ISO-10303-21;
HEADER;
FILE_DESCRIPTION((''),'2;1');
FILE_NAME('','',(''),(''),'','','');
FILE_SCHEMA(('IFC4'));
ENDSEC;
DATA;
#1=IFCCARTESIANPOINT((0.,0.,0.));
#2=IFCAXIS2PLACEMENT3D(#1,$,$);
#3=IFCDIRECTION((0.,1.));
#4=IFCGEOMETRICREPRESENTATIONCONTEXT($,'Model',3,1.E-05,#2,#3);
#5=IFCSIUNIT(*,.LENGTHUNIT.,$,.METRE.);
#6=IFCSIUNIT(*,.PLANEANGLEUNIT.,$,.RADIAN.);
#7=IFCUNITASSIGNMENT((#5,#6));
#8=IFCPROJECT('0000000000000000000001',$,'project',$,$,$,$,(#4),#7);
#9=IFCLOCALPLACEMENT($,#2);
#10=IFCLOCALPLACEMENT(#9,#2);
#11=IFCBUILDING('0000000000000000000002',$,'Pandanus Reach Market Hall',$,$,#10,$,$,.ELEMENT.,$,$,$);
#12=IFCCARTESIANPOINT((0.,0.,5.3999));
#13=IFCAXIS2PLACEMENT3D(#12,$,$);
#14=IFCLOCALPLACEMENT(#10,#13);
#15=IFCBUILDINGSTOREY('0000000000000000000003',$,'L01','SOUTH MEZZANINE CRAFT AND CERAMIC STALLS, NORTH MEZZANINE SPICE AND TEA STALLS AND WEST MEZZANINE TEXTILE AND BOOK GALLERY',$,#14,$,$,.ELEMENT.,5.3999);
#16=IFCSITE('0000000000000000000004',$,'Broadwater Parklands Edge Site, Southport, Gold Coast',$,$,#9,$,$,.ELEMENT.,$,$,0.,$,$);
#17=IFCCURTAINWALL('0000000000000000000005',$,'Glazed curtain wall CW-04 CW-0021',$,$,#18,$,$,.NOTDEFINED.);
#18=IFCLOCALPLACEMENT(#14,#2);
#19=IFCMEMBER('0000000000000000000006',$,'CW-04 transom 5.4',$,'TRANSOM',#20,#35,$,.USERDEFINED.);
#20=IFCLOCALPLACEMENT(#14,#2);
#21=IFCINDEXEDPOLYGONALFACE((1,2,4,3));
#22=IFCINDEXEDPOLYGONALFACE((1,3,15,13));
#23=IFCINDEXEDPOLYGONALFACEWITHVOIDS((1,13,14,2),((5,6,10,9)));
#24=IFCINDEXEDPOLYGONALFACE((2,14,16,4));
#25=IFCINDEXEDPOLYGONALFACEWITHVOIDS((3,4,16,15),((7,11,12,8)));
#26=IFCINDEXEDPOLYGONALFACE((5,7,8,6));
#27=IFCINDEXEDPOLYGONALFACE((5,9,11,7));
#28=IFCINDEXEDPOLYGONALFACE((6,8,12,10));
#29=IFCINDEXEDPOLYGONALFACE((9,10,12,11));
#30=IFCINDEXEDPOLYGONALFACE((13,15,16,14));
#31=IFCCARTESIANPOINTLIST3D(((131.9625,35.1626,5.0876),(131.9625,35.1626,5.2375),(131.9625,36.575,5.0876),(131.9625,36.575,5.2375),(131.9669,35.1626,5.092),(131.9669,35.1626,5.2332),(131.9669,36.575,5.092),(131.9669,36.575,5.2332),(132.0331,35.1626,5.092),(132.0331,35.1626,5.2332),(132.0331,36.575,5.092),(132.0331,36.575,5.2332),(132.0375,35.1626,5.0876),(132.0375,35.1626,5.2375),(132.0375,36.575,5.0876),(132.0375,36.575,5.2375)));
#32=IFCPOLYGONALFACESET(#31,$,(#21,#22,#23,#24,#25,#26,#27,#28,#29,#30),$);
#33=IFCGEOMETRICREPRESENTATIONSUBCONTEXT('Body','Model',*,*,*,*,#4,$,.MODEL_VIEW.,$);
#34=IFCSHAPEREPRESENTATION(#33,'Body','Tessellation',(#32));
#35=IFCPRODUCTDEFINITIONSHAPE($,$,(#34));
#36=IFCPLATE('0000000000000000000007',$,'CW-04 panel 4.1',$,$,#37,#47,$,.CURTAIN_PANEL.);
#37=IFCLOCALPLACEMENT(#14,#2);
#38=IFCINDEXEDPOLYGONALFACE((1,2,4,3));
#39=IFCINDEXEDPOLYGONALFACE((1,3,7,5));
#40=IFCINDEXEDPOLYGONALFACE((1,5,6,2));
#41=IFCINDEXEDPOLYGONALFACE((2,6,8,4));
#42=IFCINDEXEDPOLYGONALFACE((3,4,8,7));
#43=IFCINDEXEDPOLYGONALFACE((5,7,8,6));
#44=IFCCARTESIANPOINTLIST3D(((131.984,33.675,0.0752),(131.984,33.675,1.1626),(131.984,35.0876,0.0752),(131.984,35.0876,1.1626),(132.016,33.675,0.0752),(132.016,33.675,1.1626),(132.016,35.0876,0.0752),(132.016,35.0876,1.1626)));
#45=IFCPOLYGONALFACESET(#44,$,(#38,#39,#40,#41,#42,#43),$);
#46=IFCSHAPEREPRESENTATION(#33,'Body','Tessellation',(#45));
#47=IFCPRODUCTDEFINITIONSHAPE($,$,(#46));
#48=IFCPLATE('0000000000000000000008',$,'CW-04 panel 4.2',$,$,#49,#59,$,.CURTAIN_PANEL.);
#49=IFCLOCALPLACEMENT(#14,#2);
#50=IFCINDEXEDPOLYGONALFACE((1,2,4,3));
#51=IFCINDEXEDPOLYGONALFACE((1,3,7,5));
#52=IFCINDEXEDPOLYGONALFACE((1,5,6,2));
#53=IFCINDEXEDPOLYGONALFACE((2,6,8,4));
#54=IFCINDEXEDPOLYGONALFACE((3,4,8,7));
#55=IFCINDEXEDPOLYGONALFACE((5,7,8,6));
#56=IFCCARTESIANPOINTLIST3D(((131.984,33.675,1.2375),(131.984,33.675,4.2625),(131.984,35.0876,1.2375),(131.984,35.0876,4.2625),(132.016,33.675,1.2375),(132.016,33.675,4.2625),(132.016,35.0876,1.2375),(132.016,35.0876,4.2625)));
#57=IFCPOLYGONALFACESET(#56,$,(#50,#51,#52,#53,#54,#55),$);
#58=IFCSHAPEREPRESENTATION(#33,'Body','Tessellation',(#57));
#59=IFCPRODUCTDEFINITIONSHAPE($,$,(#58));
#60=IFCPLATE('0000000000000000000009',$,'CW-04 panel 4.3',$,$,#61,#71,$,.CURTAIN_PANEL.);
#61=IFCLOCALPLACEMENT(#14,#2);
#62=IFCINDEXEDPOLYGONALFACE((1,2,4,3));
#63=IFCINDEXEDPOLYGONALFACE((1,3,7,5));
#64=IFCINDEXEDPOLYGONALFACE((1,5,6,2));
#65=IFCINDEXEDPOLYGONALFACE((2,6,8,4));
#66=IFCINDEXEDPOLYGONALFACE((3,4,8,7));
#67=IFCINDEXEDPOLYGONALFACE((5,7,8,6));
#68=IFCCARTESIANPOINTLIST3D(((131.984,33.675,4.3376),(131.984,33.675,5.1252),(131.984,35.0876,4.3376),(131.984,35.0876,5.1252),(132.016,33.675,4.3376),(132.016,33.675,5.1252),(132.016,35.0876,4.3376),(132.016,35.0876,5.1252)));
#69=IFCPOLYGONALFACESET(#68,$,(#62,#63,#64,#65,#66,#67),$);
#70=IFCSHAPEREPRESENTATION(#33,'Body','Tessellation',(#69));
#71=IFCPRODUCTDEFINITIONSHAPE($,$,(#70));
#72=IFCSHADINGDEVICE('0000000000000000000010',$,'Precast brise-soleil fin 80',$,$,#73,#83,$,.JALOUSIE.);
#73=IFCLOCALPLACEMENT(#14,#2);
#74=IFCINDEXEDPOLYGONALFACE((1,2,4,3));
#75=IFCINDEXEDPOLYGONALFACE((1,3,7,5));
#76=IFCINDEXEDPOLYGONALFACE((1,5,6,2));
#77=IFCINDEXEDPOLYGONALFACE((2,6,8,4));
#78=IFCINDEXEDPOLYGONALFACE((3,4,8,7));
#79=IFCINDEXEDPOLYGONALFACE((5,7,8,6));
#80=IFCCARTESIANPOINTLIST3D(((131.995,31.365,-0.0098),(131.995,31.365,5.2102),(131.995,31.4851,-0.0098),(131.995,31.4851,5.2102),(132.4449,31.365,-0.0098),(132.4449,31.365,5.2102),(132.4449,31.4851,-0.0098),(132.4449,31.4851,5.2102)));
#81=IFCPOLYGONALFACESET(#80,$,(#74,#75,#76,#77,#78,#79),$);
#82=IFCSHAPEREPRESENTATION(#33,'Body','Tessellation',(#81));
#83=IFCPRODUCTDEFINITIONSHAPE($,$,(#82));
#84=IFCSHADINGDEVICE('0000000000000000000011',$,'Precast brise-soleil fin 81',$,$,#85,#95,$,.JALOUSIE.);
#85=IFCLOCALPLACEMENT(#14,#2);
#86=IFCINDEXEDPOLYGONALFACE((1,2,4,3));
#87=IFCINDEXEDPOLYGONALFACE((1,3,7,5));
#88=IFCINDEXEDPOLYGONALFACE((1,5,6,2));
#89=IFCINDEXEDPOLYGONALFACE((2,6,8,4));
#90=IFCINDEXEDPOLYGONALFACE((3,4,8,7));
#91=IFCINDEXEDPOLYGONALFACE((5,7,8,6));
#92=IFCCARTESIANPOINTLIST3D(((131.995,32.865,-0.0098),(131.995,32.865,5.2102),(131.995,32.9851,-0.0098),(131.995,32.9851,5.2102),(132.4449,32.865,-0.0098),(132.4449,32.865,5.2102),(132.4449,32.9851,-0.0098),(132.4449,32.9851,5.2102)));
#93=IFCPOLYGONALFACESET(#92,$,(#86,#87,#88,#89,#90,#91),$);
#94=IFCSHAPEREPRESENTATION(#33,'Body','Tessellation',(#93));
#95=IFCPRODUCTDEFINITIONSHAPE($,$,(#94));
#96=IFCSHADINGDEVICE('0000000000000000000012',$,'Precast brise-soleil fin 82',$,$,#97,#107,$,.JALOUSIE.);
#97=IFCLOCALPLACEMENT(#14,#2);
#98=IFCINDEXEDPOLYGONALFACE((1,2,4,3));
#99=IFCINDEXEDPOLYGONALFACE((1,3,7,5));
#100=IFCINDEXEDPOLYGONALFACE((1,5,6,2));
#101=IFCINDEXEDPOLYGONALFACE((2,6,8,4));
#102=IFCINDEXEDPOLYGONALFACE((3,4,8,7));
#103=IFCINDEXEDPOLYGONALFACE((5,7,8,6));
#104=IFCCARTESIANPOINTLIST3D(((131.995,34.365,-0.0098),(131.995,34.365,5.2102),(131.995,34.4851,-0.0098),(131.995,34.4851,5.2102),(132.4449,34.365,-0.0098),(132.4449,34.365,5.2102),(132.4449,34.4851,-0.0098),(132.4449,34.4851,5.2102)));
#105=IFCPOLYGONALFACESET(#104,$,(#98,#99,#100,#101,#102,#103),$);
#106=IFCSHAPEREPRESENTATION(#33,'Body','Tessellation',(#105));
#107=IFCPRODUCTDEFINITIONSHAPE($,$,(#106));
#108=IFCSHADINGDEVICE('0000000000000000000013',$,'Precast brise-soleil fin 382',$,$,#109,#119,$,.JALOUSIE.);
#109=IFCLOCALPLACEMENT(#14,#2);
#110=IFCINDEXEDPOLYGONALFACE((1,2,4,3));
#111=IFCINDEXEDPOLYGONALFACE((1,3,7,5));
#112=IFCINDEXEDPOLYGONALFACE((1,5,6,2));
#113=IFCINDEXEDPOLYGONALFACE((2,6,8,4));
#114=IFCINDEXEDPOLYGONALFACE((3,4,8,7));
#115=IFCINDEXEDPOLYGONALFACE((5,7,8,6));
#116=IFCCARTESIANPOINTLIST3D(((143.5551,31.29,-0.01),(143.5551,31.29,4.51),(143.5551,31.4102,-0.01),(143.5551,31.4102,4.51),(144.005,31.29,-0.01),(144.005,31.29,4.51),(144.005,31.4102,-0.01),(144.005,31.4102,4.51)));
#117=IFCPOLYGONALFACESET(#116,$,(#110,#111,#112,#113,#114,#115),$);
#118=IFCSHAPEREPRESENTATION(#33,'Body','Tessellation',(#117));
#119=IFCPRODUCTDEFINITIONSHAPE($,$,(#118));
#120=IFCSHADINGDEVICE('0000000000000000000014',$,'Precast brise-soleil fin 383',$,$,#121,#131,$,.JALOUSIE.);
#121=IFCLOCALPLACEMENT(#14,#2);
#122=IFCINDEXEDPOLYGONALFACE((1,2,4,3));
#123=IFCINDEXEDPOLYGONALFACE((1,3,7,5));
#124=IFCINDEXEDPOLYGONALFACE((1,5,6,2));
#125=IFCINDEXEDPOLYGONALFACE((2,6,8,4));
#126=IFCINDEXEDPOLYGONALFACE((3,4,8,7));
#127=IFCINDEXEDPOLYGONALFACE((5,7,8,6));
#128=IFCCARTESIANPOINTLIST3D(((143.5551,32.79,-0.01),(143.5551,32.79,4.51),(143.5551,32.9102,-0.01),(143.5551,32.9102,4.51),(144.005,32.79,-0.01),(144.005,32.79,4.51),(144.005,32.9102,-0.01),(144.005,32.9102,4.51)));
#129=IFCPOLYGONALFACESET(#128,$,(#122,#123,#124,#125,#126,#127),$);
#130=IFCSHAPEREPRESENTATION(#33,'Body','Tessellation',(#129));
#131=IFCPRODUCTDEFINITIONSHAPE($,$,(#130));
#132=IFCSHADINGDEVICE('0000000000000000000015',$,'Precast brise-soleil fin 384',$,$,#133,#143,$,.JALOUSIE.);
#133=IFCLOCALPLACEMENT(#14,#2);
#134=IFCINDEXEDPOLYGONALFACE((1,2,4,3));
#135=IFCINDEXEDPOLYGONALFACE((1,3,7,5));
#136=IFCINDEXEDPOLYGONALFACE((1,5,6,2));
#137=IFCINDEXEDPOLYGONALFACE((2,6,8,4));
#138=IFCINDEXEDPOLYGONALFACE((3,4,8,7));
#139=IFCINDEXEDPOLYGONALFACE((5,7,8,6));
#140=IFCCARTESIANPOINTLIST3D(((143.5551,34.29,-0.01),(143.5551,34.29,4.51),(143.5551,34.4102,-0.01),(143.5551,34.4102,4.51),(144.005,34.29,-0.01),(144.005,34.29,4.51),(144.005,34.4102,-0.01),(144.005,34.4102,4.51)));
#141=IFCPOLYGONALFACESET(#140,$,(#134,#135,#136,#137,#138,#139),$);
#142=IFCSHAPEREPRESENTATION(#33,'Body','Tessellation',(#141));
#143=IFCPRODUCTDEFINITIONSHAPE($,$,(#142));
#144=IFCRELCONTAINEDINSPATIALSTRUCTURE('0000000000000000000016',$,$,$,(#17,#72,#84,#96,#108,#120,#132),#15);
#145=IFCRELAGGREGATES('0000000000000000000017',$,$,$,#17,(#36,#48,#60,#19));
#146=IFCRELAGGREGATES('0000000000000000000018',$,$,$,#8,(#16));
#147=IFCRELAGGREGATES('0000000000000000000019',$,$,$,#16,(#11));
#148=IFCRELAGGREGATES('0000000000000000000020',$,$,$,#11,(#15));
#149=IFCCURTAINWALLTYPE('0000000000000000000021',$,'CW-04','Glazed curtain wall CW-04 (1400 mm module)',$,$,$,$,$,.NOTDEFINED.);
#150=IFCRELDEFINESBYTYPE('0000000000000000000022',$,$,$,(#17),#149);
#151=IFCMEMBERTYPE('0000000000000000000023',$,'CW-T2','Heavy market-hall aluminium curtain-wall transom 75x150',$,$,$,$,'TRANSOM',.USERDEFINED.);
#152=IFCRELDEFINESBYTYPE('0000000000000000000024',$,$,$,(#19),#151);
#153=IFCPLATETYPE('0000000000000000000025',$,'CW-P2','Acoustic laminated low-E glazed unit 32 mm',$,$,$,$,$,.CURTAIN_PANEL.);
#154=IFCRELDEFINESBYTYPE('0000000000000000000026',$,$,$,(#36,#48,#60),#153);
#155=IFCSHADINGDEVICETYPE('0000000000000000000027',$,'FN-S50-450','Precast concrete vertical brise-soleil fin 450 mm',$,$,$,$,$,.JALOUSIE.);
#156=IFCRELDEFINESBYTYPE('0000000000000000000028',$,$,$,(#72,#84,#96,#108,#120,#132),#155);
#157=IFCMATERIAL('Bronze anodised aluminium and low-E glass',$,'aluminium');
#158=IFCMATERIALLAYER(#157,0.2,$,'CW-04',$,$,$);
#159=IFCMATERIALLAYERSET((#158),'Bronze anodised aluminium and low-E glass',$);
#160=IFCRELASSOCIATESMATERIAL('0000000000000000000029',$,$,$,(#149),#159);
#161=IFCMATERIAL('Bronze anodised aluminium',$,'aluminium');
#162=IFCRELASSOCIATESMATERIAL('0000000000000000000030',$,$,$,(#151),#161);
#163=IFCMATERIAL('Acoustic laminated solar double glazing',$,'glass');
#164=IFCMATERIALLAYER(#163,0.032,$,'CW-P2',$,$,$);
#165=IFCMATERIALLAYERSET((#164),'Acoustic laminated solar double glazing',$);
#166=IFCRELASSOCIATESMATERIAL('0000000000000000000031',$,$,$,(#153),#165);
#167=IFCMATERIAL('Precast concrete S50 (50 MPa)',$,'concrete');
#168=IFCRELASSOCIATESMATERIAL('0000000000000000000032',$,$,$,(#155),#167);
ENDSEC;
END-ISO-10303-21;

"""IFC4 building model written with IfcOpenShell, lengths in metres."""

from ifc_helpers import new_model, si_unit, direction, frame, origin, origin_2d, place, context, subcontext, project, spatial, rectangle, hollow_rectangle, extrude, material, layer, layer_set, material_profile, profile_set, type_object, element, aggregate, save


model = new_model("IFC4")

# Units and contexts
model_context = context("Model", 3, precision=1e-05, world=origin(), true_north=direction((0.0, 1.0)))
body_context = subcontext(model_context, "Body", "Model", "MODEL_VIEW")
ifc_project = project(units=[si_unit("LENGTHUNIT", "METRE"), si_unit("PLANEANGLEUNIT", "RADIAN")], contexts=[model_context])

# Site, building, storey
site_placement = place(None, origin())
site = spatial("IfcSite", under=ifc_project, at=site_placement, Name="Broadwater Parklands Edge Site, Southport, Gold Coast", CompositionType="ELEMENT", RefElevation=0.0)
building_placement = place(site_placement, origin())
building = spatial("IfcBuilding", under=site, at=building_placement, Name="Pandanus Reach Market Hall", CompositionType="ELEMENT")
storey_placement = place(building_placement, frame((0.0, 0.0, 5.3999)))
storey = spatial("IfcBuildingStorey", under=building, at=storey_placement, Name="L01", Description="SOUTH MEZZANINE CRAFT AND CERAMIC STALLS, NORTH MEZZANINE SPICE AND TEA STALLS AND WEST MEZZANINE TEXTILE AND BOOK GALLERY", CompositionType="ELEMENT", Elevation=5.3999)

# Curtain wall, member, plates
ifc_material_1 = material(Name="Bronze anodised aluminium and low-E glass", Category="aluminium")
ifc_layer_1 = layer(ifc_material_1, 0.2, Name="CW-04")
ifc_layer_set_1 = layer_set([ifc_layer_1], Name="Bronze anodised aluminium and low-E glass")
curtain_wall_type = type_object("IfcCurtainWallType", Name="CW-04", Description="Glazed curtain wall CW-04 (1400 mm module)", PredefinedType="NOTDEFINED", material=ifc_layer_set_1)
curtain_wall_placement = place(storey_placement, origin())
curtain_wall = element("IfcCurtainWall", 1, at=curtain_wall_placement, inside=storey, type_object=curtain_wall_type, Name="Glazed curtain wall CW-04 CW-0021", PredefinedType="NOTDEFINED")
ifc_material_2 = material(Name="Bronze anodised aluminium", Category="aluminium")
ifc_material_profile_1 = material_profile(ifc_material_2, hollow_rectangle(XDim=0.075, YDim=0.1499, WallThickness=0.0044, at=origin_2d()), Name="ALU75x150", Category="LoadBearing")
ifc_profile_set_1 = profile_set([ifc_material_profile_1], Name="Bronze anodised aluminium")
member_type_1 = type_object("IfcMemberType", Name="CW-T2", Description="Heavy market-hall aluminium curtain-wall transom 75x150", ElementType="TRANSOM", PredefinedType="USERDEFINED", material=ifc_profile_set_1)
member_1_placement = place(storey_placement, frame((132.0, 35.1626, 5.1626), z_axis=(0.0, 1.0, 0.0), x_axis=(-1.0, 0.0, 0.0)))
member_1 = element("IfcMember", 2, at=member_1_placement, type_object=member_type_1, Name="CW-04 transom 5.4", ObjectType="TRANSOM", PredefinedType="USERDEFINED", context=body_context, shape_type="SweptSolid", body=[
    extrude(hollow_rectangle(XDim=0.075, YDim=0.1499, WallThickness=0.0044, at=origin_2d()), origin(), (0.0, 0.0, 1.0), 1.4124),
])
ifc_material_3 = material(Name="Acoustic laminated solar double glazing", Category="glass")
ifc_layer_2 = layer(ifc_material_3, 0.032, Name="CW-P2")
ifc_layer_set_2 = layer_set([ifc_layer_2], Name="Acoustic laminated solar double glazing")
plate_type = type_object("IfcPlateType", Name="CW-P2", Description="Acoustic laminated low-E glazed unit 32 mm", PredefinedType="CURTAIN_PANEL", material=ifc_layer_set_2)
plate_1_placement = place(storey_placement, frame((132.0, 34.3813, 0.0752), z_axis=(0.0, 0.0, 1.0), x_axis=(0.0, 1.0, 0.0)))
plate_1 = element("IfcPlate", 3, at=plate_1_placement, type_object=plate_type, Name="CW-04 panel 4.1", PredefinedType="CURTAIN_PANEL", context=body_context, shape_type="SweptSolid", body=[
    extrude(rectangle(XDim=1.4126, YDim=0.032, at=origin_2d()), origin(), (0.0, 0.0, 1.0), 1.0874),
])
plate_2_placement = place(storey_placement, frame((132.0, 34.3813, 1.2375), z_axis=(0.0, 0.0, 1.0), x_axis=(0.0, 1.0, 0.0)))
plate_2 = element("IfcPlate", 4, at=plate_2_placement, type_object=plate_type, Name="CW-04 panel 4.2", PredefinedType="CURTAIN_PANEL", context=body_context, shape_type="SweptSolid", body=[
    extrude(rectangle(XDim=1.4126, YDim=0.032, at=origin_2d()), origin(), (0.0, 0.0, 1.0), 3.0249),
])
plate_3_placement = place(storey_placement, frame((132.0, 34.3813, 4.3376), z_axis=(0.0, 0.0, 1.0), x_axis=(0.0, 1.0, 0.0)))
plate_3 = element("IfcPlate", 5, at=plate_3_placement, type_object=plate_type, Name="CW-04 panel 4.3", PredefinedType="CURTAIN_PANEL", context=body_context, shape_type="SweptSolid", body=[
    extrude(rectangle(XDim=1.4126, YDim=0.032, at=origin_2d()), origin(), (0.0, 0.0, 1.0), 0.7876),
])
aggregate(curtain_wall, [plate_1, plate_2, plate_3, member_1])

# Shading devices
ifc_material_4 = material(Name="Precast concrete S50 (50 MPa)", Category="concrete")
shading_device_type = type_object("IfcShadingDeviceType", Name="FN-S50-450", Description="Precast concrete vertical brise-soleil fin 450 mm", PredefinedType="JALOUSIE", material=ifc_material_4)
for number, where, z_axis, x_axis, name in (
    (6, (132.22, 31.425, -0.0098), (0.0, 0.0, 1.0), (1.0, 0.0, 0.0), "Precast brise-soleil fin 80"),
    (7, (132.22, 32.925, -0.0098), (0.0, 0.0, 1.0), (1.0, 0.0, 0.0), "Precast brise-soleil fin 81"),
    (8, (132.22, 34.425, -0.0098), (0.0, 0.0, 1.0), (1.0, 0.0, 0.0), "Precast brise-soleil fin 82"),
):
    element("IfcShadingDevice", number, at=place(storey_placement, frame(where, z_axis=z_axis, x_axis=x_axis)), inside=storey, type_object=shading_device_type, Name=name, PredefinedType="JALOUSIE", context=body_context, shape_type="SweptSolid", body=[
        extrude(rectangle(XDim=0.45, YDim=0.1201, at=origin_2d()), origin(), (0.0, 0.0, 1.0), 5.22),
    ])
for number, where, z_axis, x_axis, name in (
    (9, (143.78, 31.3501, -0.01), (0.0, 0.0, 1.0), (-1.0, 0.0, 0.0), "Precast brise-soleil fin 382"),
    (10, (143.78, 32.8501, -0.01), (0.0, 0.0, 1.0), (-1.0, 0.0, 0.0), "Precast brise-soleil fin 383"),
    (11, (143.78, 34.3501, -0.01), (0.0, 0.0, 1.0), (-1.0, 0.0, 0.0), "Precast brise-soleil fin 384"),
):
    element("IfcShadingDevice", number, at=place(storey_placement, frame(where, z_axis=z_axis, x_axis=x_axis)), inside=storey, type_object=shading_device_type, Name=name, PredefinedType="JALOUSIE", context=body_context, shape_type="SweptSolid", body=[
        extrude(rectangle(XDim=0.45, YDim=0.1201, at=origin_2d()), origin(), (0.0, 0.0, 1.0), 4.52),
    ])

save(model, "model.ifc")
